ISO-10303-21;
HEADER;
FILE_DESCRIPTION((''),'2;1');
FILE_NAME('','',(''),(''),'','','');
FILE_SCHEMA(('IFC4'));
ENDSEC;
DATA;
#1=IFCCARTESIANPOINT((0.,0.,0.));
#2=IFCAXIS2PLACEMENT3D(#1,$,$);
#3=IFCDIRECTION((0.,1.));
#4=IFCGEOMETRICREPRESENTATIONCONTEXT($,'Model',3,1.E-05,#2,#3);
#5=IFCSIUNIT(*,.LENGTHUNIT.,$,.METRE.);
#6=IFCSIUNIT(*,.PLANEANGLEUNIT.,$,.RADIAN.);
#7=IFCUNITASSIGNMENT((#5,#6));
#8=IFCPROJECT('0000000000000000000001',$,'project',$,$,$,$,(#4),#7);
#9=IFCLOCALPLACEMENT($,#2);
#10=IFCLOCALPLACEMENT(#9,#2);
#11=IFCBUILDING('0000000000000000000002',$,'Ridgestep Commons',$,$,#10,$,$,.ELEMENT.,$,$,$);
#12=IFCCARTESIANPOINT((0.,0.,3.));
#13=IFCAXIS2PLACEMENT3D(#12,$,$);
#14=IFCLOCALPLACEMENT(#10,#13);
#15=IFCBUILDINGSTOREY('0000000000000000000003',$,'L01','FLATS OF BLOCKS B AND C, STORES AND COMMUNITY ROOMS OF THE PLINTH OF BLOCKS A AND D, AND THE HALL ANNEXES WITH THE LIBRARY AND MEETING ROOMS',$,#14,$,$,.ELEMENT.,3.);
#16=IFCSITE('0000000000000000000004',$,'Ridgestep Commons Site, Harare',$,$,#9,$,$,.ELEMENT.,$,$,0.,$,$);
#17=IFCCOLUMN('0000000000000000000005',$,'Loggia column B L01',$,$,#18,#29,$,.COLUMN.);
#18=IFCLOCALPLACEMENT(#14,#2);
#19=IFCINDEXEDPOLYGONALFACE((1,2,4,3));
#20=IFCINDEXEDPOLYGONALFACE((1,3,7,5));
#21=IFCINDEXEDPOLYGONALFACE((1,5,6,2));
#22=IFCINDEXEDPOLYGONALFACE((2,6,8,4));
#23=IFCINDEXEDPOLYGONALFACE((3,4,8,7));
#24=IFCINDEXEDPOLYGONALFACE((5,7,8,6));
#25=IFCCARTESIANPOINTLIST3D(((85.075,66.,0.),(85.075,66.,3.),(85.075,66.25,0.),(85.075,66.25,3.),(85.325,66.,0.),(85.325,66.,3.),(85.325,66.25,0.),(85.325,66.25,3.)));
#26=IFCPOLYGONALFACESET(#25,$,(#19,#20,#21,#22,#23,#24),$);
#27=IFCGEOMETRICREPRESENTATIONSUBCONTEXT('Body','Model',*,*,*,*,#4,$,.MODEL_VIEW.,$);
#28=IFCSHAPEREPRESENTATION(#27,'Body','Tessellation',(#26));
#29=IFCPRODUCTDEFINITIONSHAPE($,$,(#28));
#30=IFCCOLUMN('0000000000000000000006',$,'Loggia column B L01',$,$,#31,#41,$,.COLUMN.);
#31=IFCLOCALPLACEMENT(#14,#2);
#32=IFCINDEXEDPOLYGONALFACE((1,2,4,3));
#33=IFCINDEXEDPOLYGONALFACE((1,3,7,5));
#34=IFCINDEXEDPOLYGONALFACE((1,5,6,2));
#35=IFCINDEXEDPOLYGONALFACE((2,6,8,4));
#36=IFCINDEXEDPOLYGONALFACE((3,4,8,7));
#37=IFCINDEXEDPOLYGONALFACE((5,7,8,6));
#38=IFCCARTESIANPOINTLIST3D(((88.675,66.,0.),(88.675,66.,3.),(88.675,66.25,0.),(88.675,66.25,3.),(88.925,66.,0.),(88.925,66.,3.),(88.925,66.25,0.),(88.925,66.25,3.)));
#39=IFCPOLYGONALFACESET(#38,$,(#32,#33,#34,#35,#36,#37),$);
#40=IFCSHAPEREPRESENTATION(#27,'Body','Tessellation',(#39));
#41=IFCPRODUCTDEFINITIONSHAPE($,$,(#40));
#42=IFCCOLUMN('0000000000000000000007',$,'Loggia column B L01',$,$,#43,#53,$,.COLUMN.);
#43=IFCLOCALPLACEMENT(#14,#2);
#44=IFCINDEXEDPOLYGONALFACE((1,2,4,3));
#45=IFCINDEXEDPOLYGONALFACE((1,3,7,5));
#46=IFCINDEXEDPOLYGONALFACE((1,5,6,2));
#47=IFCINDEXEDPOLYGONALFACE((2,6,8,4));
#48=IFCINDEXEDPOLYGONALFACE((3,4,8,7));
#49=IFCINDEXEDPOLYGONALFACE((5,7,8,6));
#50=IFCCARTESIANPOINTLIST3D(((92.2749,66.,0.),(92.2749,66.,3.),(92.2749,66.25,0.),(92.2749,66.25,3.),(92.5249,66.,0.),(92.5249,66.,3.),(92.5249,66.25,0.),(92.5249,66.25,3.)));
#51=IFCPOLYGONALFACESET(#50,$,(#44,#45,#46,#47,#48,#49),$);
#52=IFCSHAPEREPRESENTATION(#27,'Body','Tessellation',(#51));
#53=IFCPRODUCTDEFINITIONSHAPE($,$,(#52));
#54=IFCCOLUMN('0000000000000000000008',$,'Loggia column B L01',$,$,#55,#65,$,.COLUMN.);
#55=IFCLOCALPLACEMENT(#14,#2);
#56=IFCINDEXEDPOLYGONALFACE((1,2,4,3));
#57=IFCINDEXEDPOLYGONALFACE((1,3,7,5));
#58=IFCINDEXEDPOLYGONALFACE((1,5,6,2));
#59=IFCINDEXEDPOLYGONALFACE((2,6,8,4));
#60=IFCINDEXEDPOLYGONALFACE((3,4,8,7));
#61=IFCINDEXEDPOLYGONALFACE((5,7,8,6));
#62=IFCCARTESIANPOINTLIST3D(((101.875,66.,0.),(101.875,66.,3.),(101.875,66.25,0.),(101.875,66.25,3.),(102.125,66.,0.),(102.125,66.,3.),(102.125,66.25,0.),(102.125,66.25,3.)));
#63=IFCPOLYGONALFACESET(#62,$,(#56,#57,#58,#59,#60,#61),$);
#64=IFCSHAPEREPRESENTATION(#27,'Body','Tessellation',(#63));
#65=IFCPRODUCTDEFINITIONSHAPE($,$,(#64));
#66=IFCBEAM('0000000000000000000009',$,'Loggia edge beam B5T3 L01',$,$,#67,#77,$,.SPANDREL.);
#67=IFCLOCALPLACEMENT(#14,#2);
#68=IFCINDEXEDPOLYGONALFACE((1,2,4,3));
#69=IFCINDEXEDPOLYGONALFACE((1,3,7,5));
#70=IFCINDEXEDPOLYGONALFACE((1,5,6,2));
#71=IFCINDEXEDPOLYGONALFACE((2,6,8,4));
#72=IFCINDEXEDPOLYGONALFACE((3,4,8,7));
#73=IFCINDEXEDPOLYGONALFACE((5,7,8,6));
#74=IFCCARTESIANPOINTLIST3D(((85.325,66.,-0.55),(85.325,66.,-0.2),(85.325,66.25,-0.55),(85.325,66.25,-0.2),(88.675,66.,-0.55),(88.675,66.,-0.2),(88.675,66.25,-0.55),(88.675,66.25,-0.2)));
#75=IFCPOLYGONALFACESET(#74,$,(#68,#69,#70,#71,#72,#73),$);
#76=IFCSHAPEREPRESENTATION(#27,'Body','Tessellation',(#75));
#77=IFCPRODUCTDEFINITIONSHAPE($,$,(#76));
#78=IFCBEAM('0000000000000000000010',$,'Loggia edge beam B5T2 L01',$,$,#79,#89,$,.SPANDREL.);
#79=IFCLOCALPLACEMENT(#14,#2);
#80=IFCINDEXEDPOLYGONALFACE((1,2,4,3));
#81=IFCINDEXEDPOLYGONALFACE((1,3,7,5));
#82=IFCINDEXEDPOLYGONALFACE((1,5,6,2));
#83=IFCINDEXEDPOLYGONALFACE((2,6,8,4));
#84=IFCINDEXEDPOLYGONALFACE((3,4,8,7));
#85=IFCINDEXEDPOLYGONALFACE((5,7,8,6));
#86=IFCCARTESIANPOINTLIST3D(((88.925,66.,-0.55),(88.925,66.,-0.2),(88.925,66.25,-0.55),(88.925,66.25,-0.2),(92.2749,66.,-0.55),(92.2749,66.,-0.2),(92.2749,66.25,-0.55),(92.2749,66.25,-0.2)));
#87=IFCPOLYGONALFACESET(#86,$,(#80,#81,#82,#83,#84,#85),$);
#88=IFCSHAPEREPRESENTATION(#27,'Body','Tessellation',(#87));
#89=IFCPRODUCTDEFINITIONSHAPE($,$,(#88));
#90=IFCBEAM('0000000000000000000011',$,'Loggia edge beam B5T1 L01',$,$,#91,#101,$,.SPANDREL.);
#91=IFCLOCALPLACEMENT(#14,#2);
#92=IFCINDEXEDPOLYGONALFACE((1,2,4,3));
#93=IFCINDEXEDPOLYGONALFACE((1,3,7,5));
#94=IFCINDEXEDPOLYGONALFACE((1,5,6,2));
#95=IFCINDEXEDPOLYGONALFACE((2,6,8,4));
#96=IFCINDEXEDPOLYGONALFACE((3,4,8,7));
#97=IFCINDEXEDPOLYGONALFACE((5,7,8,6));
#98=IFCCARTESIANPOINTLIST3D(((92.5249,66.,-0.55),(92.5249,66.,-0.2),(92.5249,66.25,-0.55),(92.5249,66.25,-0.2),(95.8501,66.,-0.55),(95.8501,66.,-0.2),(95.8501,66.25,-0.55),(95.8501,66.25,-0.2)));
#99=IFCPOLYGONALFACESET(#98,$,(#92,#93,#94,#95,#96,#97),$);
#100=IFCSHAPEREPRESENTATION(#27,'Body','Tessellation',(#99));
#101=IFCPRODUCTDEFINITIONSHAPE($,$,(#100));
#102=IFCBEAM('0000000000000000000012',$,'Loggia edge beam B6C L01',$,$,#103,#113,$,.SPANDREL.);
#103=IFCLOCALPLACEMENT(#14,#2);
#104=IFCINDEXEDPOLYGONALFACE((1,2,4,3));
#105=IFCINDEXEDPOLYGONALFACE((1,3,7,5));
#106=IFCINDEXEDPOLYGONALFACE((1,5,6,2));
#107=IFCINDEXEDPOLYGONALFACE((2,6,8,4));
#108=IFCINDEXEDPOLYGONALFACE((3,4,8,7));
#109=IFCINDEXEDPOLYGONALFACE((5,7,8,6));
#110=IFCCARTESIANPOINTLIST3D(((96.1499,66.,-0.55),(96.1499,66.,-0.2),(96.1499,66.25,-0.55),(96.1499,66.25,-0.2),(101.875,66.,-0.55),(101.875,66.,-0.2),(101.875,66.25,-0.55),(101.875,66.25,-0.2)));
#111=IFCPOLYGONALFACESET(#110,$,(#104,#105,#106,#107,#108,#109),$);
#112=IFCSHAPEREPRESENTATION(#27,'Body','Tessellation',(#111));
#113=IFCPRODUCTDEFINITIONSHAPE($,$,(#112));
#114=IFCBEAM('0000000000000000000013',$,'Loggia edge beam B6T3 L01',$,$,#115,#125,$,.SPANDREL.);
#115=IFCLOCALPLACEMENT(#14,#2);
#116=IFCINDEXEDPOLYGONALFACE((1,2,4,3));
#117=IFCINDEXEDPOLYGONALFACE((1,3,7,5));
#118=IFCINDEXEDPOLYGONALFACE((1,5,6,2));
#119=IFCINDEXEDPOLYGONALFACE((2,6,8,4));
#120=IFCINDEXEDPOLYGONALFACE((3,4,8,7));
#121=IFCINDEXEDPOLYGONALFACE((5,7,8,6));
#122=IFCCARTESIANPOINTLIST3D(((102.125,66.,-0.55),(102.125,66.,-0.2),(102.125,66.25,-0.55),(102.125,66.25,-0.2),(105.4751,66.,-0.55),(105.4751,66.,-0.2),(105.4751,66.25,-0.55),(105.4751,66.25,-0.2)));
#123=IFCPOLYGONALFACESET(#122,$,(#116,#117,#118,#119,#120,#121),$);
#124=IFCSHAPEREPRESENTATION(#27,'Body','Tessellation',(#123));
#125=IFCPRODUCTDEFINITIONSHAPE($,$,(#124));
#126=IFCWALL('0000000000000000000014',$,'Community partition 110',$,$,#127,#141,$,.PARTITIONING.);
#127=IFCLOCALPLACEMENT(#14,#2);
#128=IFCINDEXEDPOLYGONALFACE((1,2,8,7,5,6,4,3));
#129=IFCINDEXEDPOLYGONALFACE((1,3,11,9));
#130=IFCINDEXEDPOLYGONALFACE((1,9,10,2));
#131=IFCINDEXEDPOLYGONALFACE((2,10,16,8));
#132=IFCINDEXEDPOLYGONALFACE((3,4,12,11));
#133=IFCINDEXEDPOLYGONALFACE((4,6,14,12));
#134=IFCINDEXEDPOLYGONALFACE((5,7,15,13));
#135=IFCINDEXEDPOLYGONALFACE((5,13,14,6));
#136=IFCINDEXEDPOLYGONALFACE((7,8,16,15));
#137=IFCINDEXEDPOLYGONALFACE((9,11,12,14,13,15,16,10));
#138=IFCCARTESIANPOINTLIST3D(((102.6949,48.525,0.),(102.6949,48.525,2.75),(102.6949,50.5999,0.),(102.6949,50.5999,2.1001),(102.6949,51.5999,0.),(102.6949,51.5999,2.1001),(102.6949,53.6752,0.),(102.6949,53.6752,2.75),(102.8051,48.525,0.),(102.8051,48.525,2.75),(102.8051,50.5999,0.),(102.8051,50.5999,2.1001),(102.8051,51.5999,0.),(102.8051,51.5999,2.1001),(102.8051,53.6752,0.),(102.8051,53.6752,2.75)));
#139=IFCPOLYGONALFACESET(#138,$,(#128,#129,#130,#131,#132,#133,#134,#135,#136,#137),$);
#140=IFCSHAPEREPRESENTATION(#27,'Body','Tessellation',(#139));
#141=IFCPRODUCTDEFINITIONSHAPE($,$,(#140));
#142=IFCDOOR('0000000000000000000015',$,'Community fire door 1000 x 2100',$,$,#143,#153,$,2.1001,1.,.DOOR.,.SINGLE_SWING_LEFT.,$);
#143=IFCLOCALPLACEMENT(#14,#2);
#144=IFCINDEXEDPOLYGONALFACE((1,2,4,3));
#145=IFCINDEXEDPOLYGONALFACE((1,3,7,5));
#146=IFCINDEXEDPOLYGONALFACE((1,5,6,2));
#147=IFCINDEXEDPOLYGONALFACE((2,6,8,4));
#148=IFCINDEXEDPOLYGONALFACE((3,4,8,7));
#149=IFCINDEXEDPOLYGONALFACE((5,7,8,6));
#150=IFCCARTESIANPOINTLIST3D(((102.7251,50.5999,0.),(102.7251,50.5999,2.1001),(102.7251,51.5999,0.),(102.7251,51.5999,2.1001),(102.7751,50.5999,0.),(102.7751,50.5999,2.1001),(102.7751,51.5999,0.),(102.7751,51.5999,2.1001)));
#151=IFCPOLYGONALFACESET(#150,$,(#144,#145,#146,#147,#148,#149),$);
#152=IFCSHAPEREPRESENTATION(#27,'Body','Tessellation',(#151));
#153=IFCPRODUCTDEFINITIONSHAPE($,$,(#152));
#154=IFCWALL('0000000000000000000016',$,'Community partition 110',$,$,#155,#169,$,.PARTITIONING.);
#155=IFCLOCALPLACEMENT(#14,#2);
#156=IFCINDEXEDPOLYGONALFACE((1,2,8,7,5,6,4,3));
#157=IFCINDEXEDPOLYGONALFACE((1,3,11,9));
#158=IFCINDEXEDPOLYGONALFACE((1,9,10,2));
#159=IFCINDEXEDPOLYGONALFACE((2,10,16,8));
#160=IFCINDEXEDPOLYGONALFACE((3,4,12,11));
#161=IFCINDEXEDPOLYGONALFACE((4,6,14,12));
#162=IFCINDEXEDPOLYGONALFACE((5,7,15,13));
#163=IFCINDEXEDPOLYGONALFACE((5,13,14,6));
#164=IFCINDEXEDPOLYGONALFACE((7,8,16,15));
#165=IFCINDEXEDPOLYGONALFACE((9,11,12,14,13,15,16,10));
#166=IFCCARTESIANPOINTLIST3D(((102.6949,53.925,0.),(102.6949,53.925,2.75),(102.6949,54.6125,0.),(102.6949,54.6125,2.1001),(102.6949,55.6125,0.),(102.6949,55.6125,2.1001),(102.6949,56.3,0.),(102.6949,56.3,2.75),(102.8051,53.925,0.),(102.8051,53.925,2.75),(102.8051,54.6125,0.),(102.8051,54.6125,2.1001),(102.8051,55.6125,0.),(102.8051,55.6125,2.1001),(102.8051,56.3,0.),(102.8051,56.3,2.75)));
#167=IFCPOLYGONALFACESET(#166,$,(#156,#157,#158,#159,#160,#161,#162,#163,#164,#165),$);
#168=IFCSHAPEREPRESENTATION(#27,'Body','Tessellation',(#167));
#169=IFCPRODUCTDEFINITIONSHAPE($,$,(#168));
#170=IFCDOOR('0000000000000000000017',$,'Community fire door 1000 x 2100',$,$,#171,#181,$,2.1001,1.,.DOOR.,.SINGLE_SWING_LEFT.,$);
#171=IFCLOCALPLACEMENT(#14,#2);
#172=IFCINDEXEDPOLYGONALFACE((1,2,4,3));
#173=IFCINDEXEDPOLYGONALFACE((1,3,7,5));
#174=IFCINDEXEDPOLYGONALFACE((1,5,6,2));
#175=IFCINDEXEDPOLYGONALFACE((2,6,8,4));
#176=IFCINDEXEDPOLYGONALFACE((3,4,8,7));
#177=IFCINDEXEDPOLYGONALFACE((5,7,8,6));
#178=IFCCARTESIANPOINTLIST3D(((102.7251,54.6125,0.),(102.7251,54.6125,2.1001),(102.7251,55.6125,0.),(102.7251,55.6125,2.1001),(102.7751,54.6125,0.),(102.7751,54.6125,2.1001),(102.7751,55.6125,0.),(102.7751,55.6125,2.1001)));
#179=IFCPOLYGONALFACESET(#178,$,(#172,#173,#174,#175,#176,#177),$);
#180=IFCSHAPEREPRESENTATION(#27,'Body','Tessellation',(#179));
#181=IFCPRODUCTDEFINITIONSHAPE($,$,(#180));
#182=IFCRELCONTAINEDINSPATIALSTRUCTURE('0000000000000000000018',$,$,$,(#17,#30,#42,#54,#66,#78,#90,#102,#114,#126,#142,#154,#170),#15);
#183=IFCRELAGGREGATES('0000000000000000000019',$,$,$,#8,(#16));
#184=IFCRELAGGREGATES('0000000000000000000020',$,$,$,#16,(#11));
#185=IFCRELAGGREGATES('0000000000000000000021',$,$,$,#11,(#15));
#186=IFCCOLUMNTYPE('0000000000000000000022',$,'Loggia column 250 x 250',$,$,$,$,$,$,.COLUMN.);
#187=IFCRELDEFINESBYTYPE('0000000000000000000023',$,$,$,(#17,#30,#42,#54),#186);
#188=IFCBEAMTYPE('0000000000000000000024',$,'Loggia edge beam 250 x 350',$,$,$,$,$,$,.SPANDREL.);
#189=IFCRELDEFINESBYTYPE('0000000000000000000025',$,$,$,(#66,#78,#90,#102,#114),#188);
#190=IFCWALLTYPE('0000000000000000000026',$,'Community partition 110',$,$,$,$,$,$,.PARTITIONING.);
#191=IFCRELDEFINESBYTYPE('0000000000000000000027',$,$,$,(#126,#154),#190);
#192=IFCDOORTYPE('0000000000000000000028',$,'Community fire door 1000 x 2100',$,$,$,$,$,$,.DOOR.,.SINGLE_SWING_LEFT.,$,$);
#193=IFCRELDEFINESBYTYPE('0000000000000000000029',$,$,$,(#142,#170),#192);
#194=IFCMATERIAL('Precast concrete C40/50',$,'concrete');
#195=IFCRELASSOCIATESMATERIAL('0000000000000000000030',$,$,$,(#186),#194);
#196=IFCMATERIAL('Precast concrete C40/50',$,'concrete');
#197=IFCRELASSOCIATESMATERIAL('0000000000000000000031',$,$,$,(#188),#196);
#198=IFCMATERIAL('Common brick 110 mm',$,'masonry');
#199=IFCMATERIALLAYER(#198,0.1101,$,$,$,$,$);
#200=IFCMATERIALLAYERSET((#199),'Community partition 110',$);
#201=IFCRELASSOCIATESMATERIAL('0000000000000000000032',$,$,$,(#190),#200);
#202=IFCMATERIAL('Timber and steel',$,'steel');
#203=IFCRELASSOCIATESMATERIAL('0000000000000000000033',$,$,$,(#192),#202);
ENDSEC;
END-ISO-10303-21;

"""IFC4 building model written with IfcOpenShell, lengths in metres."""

from ifc_helpers import new_model, si_unit, direction, frame, frame_2d, origin, origin_2d, place, context, subcontext, project, spatial, rectangle, extrude, material, layer, layer_set, material_profile, profile_set, type_object, element, fill, save


model = new_model("IFC4")

# Units and contexts
model_context = context("Model", 3, precision=1e-05, world=origin(), true_north=direction((0.0, 1.0)))
body_context = subcontext(model_context, "Body", "Model", "MODEL_VIEW")
ifc_project = project(units=[si_unit("LENGTHUNIT", "METRE"), si_unit("PLANEANGLEUNIT", "RADIAN")], contexts=[model_context])

# Site, building, storey
site_placement = place(None, origin())
site = spatial("IfcSite", under=ifc_project, at=site_placement, Name="Ridgestep Commons Site, Harare", CompositionType="ELEMENT", RefElevation=0.0)
building_placement = place(site_placement, origin())
building = spatial("IfcBuilding", under=site, at=building_placement, Name="Ridgestep Commons", CompositionType="ELEMENT")
storey_placement = place(building_placement, frame((0.0, 0.0, 3.0)))
storey = spatial("IfcBuildingStorey", under=building, at=storey_placement, Name="L01", Description="FLATS OF BLOCKS B AND C, STORES AND COMMUNITY ROOMS OF THE PLINTH OF BLOCKS A AND D, AND THE HALL ANNEXES WITH THE LIBRARY AND MEETING ROOMS", CompositionType="ELEMENT", Elevation=3.0)

# Columns
ifc_material_1 = material(Name="Precast concrete C40/50", Category="concrete")
ifc_material_profile_1 = material_profile(ifc_material_1, rectangle(XDim=0.25, YDim=0.25, at=origin_2d()), Name="PC 250x250")
ifc_profile_set_1 = profile_set([ifc_material_profile_1], Name="Precast concrete C40/50")
column_type = type_object("IfcColumnType", Name="Loggia column 250 x 250", PredefinedType="COLUMN", material=ifc_profile_set_1)
for number, where, z_axis, x_axis, name in (
    (1, (85.2, 66.125, 0.0), (0.0, 0.0, 1.0), (1.0, 0.0, 0.0), "Loggia column B L01"),
    (2, (88.8, 66.125, 0.0), (0.0, 0.0, 1.0), (1.0, 0.0, 0.0), "Loggia column B L01"),
    (3, (92.3999, 66.125, 0.0), (0.0, 0.0, 1.0), (1.0, 0.0, 0.0), "Loggia column B L01"),
    (4, (102.0, 66.125, 0.0), (0.0, 0.0, 1.0), (1.0, 0.0, 0.0), "Loggia column B L01"),
):
    element("IfcColumn", number, at=place(storey_placement, frame(where, z_axis=z_axis, x_axis=x_axis)), inside=storey, type_object=column_type, Name=name, PredefinedType="COLUMN", context=body_context, shape_type="SweptSolid", body=[
        extrude(rectangle(XDim=0.25, YDim=0.25, at=origin_2d()), origin(), (0.0, 0.0, 1.0), 3.0),
    ])

# Beams
ifc_material_2 = material(Name="Precast concrete C40/50", Category="concrete")
ifc_material_profile_2 = material_profile(ifc_material_2, rectangle(XDim=0.25, YDim=0.3501, at=origin_2d()), Name="PC 250x350")
ifc_profile_set_2 = profile_set([ifc_material_profile_2], Name="Precast concrete C40/50")
beam_type = type_object("IfcBeamType", Name="Loggia edge beam 250 x 350", PredefinedType="SPANDREL", material=ifc_profile_set_2)
beam_1_placement = place(storey_placement, frame((85.325, 66.125, -0.375), z_axis=(1.0, 0.0, 0.0), x_axis=(0.0, 1.0, 0.0)))
element("IfcBeam", 5, at=beam_1_placement, inside=storey, type_object=beam_type, Name="Loggia edge beam B5T3 L01", PredefinedType="SPANDREL", context=body_context, shape_type="SweptSolid", body=[
    extrude(rectangle(XDim=0.25, YDim=0.3501, at=origin_2d()), origin(), (0.0, 0.0, 1.0), 3.3501),
])
beam_2_placement = place(storey_placement, frame((88.925, 66.125, -0.375), z_axis=(1.0, 0.0, 0.0), x_axis=(0.0, 1.0, 0.0)))
element("IfcBeam", 6, at=beam_2_placement, inside=storey, type_object=beam_type, Name="Loggia edge beam B5T2 L01", PredefinedType="SPANDREL", context=body_context, shape_type="SweptSolid", body=[
    extrude(rectangle(XDim=0.25, YDim=0.3501, at=origin_2d()), origin(), (0.0, 0.0, 1.0), 3.3499),
])
beam_3_placement = place(storey_placement, frame((92.5249, 66.125, -0.375), z_axis=(1.0, 0.0, 0.0), x_axis=(0.0, 1.0, 0.0)))
element("IfcBeam", 7, at=beam_3_placement, inside=storey, type_object=beam_type, Name="Loggia edge beam B5T1 L01", PredefinedType="SPANDREL", context=body_context, shape_type="SweptSolid", body=[
    extrude(rectangle(XDim=0.25, YDim=0.3501, at=origin_2d()), origin(), (0.0, 0.0, 1.0), 3.3252),
])
beam_4_placement = place(storey_placement, frame((96.1499, 66.125, -0.375), z_axis=(1.0, 0.0, 0.0), x_axis=(0.0, 1.0, 0.0)))
element("IfcBeam", 8, at=beam_4_placement, inside=storey, type_object=beam_type, Name="Loggia edge beam B6C L01", PredefinedType="SPANDREL", context=body_context, shape_type="SweptSolid", body=[
    extrude(rectangle(XDim=0.25, YDim=0.3501, at=origin_2d()), origin(), (0.0, 0.0, 1.0), 5.7251),
])
beam_5_placement = place(storey_placement, frame((102.125, 66.125, -0.375), z_axis=(1.0, 0.0, 0.0), x_axis=(0.0, 1.0, 0.0)))
element("IfcBeam", 9, at=beam_5_placement, inside=storey, type_object=beam_type, Name="Loggia edge beam B6T3 L01", PredefinedType="SPANDREL", context=body_context, shape_type="SweptSolid", body=[
    extrude(rectangle(XDim=0.25, YDim=0.3501, at=origin_2d()), origin(), (0.0, 0.0, 1.0), 3.3501),
])

# Walls, openings, doors
ifc_material_3 = material(Name="Common brick 110 mm", Category="masonry")
ifc_layer_1 = layer(ifc_material_3, 0.1101)
ifc_layer_set_1 = layer_set([ifc_layer_1], Name="Community partition 110")
wall_type_1 = type_object("IfcWallType", Name="Community partition 110", PredefinedType="PARTITIONING", material=ifc_layer_set_1)
wall_1_placement = place(storey_placement, frame((102.75, 48.5249, 0.0), z_axis=(0.0, 0.0, 1.0), x_axis=(0.0, 1.0, 0.0)))
wall_1 = element("IfcWall", 10, at=wall_1_placement, inside=storey, type_object=wall_type_1, Name="Community partition 110", PredefinedType="PARTITIONING", context=body_context, shape_type="SweptSolid", body=[
    extrude(rectangle(XDim=5.1501, YDim=0.1101, at=frame_2d((2.5752, 0.0))), origin(), (0.0, 0.0, 1.0), 2.75),
])
opening_1_placement = place(wall_1_placement, frame((2.075, 0.0, 0.0)))
opening_1 = element("IfcOpeningElement", 11, at=opening_1_placement, cuts=wall_1, PredefinedType="OPENING", context=body_context, shape_type="SweptSolid", body=[
    extrude(rectangle(XDim=1.0, YDim=2.1001, at=frame_2d((0.5, 1.05))), frame((0.0, 0.0649, 0.0), z_axis=(0.0, -1.0, 0.0), x_axis=(1.0, 0.0, 0.0)), (0.0, 0.0, 1.0), 0.1301),
])
ifc_material_4 = material(Name="Timber and steel", Category="steel")
door_type_1 = type_object("IfcDoorType", Name="Community fire door 1000 x 2100", OperationType="SINGLE_SWING_LEFT", PredefinedType="DOOR", material=ifc_material_4)
door_1_placement = place(opening_1_placement, origin())
door_1 = element("IfcDoor", 12, at=door_1_placement, inside=storey, type_object=door_type_1, Name="Community fire door 1000 x 2100", OperationType="SINGLE_SWING_LEFT", OverallHeight=2.1001, OverallWidth=1.0, PredefinedType="DOOR", context=body_context, shape_type="SweptSolid", body=[
    extrude(rectangle(XDim=1.0, YDim=2.1001, at=frame_2d((0.5, 1.05))), frame((0.0, 0.0249, 0.0), z_axis=(0.0, -1.0, 0.0), x_axis=(1.0, 0.0, 0.0)), (0.0, 0.0, 1.0), 0.05),
])
fill(opening_1, door_1)
wall_2_placement = place(storey_placement, frame((102.75, 53.925, 0.0), z_axis=(0.0, 0.0, 1.0), x_axis=(0.0, 1.0, 0.0)))
wall_2 = element("IfcWall", 13, at=wall_2_placement, inside=storey, type_object=wall_type_1, Name="Community partition 110", PredefinedType="PARTITIONING", context=body_context, shape_type="SweptSolid", body=[
    extrude(rectangle(XDim=2.375, YDim=0.1101, at=frame_2d((1.1875, 0.0))), origin(), (0.0, 0.0, 1.0), 2.75),
])
opening_2_placement = place(wall_2_placement, frame((0.6875, 0.0, 0.0)))
opening_2 = element("IfcOpeningElement", 14, at=opening_2_placement, cuts=wall_2, PredefinedType="OPENING", context=body_context, shape_type="SweptSolid", body=[
    extrude(rectangle(XDim=1.0, YDim=2.1001, at=frame_2d((0.5, 1.05))), frame((0.0, 0.0649, 0.0), z_axis=(0.0, -1.0, 0.0), x_axis=(1.0, 0.0, 0.0)), (0.0, 0.0, 1.0), 0.1301),
])
door_2_placement = place(opening_2_placement, origin())
door_2 = element("IfcDoor", 15, at=door_2_placement, inside=storey, type_object=door_type_1, Name="Community fire door 1000 x 2100", OperationType="SINGLE_SWING_LEFT", OverallHeight=2.1001, OverallWidth=1.0, PredefinedType="DOOR", context=body_context, shape_type="SweptSolid", body=[
    extrude(rectangle(XDim=1.0, YDim=2.1001, at=frame_2d((0.5, 1.05))), frame((0.0, 0.0249, 0.0), z_axis=(0.0, -1.0, 0.0), x_axis=(1.0, 0.0, 0.0)), (0.0, 0.0, 1.0), 0.05),
])
fill(opening_2, door_2)

save(model, "model.ifc")
